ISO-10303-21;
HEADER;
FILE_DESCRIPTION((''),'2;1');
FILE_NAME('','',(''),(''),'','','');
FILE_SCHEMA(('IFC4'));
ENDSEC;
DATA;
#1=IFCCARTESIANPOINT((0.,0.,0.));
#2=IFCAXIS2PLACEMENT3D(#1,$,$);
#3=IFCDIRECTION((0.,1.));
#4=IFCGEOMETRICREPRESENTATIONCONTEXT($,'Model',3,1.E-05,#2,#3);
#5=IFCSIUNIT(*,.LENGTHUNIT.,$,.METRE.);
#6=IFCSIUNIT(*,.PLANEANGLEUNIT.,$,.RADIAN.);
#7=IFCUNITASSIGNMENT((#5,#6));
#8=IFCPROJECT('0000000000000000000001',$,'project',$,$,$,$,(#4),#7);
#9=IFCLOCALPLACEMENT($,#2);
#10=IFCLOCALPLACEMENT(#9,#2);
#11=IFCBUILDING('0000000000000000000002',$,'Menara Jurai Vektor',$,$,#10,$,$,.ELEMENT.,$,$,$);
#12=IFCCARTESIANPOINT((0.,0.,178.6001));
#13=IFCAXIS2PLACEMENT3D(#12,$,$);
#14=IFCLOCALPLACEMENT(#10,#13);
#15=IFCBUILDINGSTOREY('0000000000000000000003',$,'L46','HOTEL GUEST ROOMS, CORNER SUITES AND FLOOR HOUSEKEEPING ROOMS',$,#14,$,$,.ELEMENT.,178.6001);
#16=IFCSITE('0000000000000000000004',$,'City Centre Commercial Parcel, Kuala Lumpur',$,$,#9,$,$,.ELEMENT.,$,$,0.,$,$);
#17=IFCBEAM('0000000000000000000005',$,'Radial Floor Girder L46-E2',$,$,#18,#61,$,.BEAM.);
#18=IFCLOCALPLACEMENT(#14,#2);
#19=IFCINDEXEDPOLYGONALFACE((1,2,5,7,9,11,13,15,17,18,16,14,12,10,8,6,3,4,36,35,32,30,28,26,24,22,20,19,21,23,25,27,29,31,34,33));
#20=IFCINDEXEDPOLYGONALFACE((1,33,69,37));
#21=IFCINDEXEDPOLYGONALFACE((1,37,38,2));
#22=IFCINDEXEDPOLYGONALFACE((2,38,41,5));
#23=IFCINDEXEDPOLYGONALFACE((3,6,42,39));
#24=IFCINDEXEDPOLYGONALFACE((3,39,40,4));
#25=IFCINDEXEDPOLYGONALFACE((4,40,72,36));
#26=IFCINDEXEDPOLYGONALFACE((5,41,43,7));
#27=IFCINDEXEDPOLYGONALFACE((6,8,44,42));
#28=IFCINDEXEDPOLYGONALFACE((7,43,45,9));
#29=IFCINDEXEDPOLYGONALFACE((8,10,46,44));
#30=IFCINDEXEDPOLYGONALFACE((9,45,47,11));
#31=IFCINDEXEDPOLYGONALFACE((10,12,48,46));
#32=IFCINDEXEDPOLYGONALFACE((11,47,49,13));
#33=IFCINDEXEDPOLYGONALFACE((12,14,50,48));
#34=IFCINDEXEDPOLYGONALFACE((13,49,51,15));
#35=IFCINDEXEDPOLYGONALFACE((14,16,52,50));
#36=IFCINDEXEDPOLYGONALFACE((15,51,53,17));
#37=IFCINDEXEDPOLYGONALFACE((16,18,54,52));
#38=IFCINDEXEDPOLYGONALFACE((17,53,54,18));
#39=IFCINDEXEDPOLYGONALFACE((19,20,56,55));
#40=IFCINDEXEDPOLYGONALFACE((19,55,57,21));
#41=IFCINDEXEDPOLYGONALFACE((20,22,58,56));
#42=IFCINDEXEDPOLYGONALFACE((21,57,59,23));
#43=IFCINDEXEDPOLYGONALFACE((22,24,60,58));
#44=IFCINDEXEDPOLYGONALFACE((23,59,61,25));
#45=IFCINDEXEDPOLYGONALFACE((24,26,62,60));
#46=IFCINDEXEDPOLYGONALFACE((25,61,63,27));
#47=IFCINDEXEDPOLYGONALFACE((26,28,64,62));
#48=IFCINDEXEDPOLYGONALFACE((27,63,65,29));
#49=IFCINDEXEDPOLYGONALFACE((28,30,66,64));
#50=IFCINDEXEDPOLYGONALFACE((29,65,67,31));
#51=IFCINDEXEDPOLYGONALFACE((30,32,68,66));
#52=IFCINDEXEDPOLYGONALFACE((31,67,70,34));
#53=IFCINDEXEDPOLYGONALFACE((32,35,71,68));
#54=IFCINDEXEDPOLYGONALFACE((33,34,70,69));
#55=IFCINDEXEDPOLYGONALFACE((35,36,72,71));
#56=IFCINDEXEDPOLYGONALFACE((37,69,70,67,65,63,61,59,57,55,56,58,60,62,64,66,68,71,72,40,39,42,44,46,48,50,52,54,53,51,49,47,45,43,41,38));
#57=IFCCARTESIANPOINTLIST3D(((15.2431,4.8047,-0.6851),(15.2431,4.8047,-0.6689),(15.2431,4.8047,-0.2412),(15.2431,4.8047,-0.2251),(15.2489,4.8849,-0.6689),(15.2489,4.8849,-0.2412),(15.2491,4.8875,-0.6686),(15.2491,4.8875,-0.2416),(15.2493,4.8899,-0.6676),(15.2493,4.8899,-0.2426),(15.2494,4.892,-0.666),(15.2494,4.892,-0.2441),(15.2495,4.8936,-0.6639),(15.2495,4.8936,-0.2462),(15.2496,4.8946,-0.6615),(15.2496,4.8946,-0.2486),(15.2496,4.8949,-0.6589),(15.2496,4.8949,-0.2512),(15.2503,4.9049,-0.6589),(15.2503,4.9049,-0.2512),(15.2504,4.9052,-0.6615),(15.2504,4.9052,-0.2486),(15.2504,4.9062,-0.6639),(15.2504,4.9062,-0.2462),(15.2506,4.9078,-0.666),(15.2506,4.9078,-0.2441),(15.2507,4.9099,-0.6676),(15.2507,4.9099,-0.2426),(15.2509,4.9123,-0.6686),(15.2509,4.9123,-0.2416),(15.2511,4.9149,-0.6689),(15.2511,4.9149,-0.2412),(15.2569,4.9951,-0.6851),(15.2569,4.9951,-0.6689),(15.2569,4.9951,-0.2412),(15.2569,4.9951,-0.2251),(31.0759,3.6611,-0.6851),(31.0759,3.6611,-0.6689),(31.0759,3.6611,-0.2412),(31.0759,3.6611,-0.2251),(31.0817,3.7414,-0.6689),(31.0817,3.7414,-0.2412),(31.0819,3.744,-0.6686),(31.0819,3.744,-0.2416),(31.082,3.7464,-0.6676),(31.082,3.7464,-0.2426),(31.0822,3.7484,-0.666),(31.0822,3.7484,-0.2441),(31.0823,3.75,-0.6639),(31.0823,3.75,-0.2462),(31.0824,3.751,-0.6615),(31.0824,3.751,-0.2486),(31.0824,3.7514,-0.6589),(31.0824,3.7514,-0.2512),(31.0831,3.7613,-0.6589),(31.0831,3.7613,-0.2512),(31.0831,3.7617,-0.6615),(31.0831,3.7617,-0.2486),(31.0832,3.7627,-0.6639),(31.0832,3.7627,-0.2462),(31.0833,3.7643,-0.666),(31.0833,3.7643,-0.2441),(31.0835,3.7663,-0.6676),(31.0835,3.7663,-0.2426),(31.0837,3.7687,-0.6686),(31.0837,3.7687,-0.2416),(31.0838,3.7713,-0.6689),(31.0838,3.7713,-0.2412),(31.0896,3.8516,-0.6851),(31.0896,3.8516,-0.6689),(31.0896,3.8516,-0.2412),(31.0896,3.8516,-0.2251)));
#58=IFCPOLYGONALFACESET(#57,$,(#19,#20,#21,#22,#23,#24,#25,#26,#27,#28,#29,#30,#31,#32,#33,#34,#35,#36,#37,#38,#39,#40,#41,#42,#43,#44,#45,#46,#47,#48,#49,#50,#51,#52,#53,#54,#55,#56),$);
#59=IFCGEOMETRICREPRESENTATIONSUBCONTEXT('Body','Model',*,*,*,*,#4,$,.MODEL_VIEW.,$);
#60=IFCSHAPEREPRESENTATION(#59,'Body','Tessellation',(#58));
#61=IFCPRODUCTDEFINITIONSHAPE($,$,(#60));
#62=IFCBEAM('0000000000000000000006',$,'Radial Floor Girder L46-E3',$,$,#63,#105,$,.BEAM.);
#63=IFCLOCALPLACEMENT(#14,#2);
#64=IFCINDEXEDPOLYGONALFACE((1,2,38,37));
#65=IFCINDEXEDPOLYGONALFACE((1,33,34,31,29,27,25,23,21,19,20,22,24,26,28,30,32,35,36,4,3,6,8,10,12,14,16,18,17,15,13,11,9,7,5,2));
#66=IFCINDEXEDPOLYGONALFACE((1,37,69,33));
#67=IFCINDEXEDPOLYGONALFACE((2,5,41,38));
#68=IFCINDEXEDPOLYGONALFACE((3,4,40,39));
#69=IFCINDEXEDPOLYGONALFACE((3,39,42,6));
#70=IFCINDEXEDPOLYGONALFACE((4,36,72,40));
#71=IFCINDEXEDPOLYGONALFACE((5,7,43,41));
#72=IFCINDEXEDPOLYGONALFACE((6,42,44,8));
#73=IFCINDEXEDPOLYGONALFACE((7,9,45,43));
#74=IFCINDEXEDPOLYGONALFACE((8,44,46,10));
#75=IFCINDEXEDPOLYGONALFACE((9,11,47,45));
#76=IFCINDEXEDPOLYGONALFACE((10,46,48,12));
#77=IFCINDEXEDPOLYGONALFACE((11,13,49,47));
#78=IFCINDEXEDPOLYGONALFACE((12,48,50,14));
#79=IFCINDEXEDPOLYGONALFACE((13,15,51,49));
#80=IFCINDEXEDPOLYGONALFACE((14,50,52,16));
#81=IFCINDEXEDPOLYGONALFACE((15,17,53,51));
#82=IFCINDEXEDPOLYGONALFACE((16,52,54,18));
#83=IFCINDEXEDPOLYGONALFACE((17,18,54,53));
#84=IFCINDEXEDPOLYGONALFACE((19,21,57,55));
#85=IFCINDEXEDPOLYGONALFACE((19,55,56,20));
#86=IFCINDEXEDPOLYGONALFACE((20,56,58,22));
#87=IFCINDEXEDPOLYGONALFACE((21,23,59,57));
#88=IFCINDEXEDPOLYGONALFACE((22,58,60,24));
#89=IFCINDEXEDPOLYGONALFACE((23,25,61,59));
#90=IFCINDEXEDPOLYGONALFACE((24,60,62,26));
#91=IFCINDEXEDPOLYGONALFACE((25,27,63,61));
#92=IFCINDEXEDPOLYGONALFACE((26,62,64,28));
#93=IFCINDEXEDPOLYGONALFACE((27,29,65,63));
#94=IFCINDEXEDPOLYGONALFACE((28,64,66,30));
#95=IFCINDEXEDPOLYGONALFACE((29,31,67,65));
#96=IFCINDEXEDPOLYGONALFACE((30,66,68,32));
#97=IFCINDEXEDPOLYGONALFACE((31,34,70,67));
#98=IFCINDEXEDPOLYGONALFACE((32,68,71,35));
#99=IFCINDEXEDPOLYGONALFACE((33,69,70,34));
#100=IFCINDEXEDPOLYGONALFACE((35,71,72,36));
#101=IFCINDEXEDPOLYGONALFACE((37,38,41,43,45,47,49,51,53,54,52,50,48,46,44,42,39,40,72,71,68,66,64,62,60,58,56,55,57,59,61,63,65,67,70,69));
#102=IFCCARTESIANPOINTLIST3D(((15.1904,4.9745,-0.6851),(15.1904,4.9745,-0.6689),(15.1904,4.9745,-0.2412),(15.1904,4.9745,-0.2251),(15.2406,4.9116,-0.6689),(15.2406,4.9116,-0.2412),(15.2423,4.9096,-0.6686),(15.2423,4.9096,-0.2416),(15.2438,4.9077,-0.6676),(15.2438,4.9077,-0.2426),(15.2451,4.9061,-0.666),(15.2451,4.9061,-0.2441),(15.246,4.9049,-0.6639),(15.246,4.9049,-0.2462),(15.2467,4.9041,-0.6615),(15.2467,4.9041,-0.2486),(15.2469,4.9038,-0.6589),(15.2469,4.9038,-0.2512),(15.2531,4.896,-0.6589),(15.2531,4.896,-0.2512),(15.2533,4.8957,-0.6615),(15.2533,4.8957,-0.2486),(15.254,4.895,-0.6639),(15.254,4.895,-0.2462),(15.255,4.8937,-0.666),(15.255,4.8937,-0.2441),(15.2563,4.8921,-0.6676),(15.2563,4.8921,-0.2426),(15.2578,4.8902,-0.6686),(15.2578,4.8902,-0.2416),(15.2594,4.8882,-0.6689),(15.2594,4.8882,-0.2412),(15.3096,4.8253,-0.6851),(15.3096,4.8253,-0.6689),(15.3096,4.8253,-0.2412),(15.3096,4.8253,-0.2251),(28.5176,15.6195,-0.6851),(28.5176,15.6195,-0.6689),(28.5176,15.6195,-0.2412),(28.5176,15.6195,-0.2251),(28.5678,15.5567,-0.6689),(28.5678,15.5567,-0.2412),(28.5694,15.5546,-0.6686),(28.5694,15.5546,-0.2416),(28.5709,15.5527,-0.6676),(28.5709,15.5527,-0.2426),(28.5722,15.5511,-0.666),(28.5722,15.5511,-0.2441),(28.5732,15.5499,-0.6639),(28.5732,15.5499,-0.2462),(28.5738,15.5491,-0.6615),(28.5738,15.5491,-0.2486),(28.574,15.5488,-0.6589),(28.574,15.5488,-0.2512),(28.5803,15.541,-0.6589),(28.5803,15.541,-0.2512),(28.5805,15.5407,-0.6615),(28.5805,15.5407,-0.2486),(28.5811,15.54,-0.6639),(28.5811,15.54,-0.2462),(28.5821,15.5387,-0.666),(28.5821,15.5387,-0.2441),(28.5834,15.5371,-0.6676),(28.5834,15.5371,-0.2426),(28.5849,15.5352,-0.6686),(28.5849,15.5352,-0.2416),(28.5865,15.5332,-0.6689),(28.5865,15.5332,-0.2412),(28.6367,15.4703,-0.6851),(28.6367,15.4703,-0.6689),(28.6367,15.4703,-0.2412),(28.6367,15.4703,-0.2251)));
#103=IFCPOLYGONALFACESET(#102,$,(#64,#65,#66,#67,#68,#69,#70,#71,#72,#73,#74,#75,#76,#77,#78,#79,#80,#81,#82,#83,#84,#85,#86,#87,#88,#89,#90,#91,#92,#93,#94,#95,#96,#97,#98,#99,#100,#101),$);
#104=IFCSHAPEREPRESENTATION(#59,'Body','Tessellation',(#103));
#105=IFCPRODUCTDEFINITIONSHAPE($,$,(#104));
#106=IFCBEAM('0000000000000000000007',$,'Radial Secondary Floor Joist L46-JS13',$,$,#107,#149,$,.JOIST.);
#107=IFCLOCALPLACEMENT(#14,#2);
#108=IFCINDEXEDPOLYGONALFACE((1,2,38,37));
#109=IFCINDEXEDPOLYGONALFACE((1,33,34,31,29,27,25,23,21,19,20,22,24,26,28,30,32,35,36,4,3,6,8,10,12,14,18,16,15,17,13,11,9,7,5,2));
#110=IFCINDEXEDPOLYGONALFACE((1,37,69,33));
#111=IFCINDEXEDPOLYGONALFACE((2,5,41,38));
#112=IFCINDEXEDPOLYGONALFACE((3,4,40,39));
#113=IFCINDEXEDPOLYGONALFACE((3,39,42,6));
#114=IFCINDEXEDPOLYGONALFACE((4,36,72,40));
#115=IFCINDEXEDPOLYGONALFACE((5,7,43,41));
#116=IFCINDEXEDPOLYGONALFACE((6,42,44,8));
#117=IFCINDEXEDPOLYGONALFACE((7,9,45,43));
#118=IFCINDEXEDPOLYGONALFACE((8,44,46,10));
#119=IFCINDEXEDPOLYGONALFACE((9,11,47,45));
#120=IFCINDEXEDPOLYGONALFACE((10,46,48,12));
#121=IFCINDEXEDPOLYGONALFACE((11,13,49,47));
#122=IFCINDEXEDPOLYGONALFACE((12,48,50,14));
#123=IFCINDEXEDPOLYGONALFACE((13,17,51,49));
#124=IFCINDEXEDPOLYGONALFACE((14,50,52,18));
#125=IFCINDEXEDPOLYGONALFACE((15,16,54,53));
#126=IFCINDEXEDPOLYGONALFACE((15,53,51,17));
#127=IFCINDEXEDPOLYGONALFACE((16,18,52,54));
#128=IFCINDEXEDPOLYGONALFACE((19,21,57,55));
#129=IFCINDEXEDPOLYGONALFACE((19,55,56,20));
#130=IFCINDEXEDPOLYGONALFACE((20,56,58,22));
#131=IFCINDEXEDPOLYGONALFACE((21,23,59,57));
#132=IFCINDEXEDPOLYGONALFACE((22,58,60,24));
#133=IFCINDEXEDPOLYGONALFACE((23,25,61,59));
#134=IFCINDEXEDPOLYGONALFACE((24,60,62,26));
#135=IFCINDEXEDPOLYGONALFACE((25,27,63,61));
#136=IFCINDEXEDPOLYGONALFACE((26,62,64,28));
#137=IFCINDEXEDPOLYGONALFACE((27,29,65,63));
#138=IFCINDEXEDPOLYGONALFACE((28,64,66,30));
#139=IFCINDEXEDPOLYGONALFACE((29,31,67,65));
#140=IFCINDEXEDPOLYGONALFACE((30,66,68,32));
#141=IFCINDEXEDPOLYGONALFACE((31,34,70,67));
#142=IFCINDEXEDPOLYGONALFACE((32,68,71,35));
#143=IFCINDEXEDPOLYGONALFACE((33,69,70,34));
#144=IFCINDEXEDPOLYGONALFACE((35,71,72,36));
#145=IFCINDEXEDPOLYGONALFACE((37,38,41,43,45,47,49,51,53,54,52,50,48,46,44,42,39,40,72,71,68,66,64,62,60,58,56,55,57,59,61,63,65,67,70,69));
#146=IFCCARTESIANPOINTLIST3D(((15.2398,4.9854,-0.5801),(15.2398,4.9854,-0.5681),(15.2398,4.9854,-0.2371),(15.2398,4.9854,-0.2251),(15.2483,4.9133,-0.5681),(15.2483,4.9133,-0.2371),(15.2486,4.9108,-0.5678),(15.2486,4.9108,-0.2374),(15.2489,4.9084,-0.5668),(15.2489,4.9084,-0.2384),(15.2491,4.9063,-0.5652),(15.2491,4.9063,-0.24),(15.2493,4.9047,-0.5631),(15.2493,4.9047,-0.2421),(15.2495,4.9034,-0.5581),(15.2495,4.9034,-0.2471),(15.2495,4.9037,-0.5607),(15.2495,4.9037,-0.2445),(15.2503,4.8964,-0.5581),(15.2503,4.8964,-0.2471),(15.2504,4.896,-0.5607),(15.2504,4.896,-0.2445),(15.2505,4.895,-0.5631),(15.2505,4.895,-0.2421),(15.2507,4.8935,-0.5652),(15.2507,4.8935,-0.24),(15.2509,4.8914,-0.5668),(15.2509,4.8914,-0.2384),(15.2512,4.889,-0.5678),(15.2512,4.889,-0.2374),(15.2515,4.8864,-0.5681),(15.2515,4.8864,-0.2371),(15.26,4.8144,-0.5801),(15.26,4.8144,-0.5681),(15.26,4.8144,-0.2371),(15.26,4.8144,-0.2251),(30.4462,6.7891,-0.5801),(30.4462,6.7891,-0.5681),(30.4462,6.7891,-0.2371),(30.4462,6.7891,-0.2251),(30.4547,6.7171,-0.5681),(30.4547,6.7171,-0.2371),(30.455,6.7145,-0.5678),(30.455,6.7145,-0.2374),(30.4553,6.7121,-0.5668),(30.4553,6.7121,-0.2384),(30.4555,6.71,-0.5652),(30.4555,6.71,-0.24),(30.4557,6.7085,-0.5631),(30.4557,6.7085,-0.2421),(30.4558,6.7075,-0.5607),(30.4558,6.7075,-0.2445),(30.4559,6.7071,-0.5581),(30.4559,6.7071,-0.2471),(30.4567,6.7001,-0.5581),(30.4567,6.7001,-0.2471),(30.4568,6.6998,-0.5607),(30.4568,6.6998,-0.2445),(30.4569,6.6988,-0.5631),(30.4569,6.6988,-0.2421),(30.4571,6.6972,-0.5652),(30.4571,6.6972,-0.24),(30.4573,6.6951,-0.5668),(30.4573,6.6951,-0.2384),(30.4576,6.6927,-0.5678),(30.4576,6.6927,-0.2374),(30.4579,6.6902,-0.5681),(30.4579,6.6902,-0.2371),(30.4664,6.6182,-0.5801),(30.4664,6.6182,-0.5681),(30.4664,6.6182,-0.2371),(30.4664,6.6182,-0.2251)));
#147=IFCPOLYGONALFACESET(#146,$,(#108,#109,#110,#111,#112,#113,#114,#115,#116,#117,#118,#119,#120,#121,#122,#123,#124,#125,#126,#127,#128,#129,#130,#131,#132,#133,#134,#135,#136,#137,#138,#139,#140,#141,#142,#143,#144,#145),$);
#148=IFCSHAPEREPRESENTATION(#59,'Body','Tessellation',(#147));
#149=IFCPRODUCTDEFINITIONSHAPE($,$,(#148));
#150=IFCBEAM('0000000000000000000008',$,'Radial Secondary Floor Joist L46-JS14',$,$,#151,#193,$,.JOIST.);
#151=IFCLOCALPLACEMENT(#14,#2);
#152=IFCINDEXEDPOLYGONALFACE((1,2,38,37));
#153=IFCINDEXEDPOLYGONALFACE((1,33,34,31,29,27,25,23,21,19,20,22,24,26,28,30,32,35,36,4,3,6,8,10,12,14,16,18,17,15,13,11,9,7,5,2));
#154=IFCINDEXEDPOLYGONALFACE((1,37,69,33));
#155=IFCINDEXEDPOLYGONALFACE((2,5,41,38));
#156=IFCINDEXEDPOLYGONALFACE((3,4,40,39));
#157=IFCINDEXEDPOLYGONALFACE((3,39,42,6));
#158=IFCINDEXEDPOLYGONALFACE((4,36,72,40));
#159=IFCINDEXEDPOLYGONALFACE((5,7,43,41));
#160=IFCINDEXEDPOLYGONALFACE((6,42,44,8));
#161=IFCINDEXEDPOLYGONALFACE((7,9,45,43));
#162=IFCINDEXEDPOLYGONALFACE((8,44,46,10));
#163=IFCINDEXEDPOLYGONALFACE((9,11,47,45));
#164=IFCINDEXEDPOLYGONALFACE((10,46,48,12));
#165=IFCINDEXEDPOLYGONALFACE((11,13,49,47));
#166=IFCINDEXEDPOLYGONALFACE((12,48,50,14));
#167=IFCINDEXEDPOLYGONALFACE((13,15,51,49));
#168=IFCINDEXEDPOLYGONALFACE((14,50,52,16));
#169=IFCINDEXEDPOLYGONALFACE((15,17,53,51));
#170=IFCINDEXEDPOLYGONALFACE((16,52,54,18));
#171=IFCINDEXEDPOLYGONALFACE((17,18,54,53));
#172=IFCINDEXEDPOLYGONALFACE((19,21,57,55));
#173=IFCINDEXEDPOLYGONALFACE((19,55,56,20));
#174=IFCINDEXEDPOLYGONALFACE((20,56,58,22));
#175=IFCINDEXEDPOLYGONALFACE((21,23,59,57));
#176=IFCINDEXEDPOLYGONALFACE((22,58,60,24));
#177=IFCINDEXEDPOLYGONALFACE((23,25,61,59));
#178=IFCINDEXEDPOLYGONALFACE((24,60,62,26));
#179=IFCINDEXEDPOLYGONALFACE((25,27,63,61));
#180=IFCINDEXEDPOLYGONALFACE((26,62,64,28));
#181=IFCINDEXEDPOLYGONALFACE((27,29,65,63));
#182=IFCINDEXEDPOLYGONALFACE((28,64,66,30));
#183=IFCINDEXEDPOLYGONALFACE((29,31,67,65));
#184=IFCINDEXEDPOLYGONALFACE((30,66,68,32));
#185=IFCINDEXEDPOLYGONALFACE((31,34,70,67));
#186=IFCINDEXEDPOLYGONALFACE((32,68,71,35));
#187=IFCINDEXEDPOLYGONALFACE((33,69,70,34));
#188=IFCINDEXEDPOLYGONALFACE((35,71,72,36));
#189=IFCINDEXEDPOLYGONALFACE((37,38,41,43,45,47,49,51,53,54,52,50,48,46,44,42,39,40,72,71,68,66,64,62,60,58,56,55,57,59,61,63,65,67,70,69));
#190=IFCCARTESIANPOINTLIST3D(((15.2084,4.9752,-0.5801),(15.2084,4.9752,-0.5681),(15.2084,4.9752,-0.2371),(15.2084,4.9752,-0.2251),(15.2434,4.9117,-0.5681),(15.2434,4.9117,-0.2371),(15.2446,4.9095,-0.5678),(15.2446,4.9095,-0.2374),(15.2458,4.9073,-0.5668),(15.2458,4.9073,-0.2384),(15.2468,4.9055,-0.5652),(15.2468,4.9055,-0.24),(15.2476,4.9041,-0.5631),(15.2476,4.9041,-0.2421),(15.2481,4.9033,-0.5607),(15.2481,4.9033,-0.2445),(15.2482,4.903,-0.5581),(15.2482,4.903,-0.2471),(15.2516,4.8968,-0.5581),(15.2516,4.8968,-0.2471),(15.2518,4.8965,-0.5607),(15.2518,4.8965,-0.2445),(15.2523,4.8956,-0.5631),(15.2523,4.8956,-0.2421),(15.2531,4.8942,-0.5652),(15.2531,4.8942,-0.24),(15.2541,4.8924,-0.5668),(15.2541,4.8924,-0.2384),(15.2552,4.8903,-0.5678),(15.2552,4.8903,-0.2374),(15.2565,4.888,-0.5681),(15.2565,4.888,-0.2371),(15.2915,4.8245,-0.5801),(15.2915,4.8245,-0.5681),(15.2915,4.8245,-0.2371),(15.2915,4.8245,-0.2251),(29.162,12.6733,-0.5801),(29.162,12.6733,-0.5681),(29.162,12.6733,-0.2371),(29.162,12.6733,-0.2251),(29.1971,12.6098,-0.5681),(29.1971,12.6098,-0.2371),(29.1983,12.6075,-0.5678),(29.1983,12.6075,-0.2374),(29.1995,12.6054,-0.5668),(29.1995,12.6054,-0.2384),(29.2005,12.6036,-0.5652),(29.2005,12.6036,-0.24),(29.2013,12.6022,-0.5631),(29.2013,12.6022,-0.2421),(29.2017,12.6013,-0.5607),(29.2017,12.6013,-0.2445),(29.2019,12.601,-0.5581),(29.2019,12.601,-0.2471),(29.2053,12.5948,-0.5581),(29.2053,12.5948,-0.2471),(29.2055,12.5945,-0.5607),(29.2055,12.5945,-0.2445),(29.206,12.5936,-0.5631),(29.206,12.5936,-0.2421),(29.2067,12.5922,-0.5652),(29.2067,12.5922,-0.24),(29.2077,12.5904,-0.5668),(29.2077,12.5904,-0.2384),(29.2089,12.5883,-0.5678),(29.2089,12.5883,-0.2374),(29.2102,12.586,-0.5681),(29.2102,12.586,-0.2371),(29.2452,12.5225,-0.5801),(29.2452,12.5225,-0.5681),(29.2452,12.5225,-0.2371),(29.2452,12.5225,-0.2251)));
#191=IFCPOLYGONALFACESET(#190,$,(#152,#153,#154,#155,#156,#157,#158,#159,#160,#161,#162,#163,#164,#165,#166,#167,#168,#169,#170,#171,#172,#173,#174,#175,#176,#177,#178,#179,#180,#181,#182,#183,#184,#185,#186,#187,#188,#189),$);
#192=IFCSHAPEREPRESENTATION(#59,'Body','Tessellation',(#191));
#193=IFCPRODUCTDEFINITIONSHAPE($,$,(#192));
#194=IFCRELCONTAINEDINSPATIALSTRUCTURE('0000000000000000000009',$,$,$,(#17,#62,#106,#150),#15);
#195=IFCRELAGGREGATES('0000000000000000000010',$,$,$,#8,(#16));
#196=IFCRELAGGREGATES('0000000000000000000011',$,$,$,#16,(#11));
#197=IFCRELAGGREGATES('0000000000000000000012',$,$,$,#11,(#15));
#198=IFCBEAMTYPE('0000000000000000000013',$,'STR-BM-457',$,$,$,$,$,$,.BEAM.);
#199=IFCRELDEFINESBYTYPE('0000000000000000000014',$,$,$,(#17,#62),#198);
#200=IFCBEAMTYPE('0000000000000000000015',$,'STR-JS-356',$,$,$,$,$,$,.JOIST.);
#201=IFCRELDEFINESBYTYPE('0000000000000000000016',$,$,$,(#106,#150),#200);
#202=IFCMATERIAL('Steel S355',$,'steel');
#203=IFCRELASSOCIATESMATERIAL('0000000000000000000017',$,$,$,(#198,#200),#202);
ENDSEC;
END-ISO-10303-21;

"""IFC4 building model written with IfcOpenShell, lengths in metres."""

from ifc_helpers import new_model, si_unit, direction, frame, origin, origin_2d, place, context, subcontext, project, spatial, i_section, extrude, material, material_profile, profile_set, type_object, element, save


model = new_model("IFC4")

# Units and contexts
model_context = context("Model", 3, precision=1e-05, world=origin(), true_north=direction((0.0, 1.0)))
body_context = subcontext(model_context, "Body", "Model", "MODEL_VIEW")
ifc_project = project(units=[si_unit("LENGTHUNIT", "METRE"), si_unit("PLANEANGLEUNIT", "RADIAN")], contexts=[model_context])

# Site, building, storey
site_placement = place(None, origin())
site = spatial("IfcSite", under=ifc_project, at=site_placement, Name="City Centre Commercial Parcel, Kuala Lumpur", CompositionType="ELEMENT", RefElevation=0.0)
building_placement = place(site_placement, origin())
building = spatial("IfcBuilding", under=site, at=building_placement, Name="Menara Jurai Vektor", CompositionType="ELEMENT")
storey_placement = place(building_placement, frame((0.0, 0.0, 178.6001)))
storey = spatial("IfcBuildingStorey", under=building, at=storey_placement, Name="L46", Description="HOTEL GUEST ROOMS, CORNER SUITES AND FLOOR HOUSEKEEPING ROOMS", CompositionType="ELEMENT", Elevation=178.6001)

# Beams
ifc_material_1 = material(Name="Steel S355", Category="steel")
ifc_material_profile_1 = material_profile(ifc_material_1, i_section(OverallWidth=0.1909, OverallDepth=0.46, WebThickness=0.01, FlangeThickness=0.0161, FilletRadius=0.01, at=origin_2d()), Name="UKB 457x191x82")
ifc_profile_set_1 = profile_set([ifc_material_profile_1], Name="Steel S355")
beam_type_1 = type_object("IfcBeamType", Name="STR-BM-457", PredefinedType="BEAM", material=ifc_profile_set_1)
beam_1_placement = place(storey_placement, frame((31.0828, 3.7563, -0.4551), z_axis=(-0.997402, 0.072039, 0.0), x_axis=(-0.072039, -0.997402, 0.0)))
element("IfcBeam", 1, at=beam_1_placement, inside=storey, type_object=beam_type_1, Name="Radial Floor Girder L46-E2", PredefinedType="BEAM", context=body_context, shape_type="SweptSolid", body=[
    extrude(i_section(OverallWidth=0.1909, OverallDepth=0.46, WebThickness=0.01, FlangeThickness=0.0161, FilletRadius=0.01, at=origin_2d()), origin(), (0.0, 0.0, 1.0), 15.874),
])
beam_2_placement = place(storey_placement, frame((28.5771, 15.5449, -0.4551), z_axis=(-0.781346, -0.624098, 0.0), x_axis=(0.624098, -0.781346, 0.0)))
element("IfcBeam", 2, at=beam_2_placement, inside=storey, type_object=beam_type_1, Name="Radial Floor Girder L46-E3", PredefinedType="BEAM", context=body_context, shape_type="SweptSolid", body=[
    extrude(i_section(OverallWidth=0.1909, OverallDepth=0.46, WebThickness=0.01, FlangeThickness=0.0161, FilletRadius=0.01, at=origin_2d()), origin(), (0.0, 0.0, 1.0), 17.0566),
])
ifc_material_profile_2 = material_profile(ifc_material_1, i_section(OverallWidth=0.1721, OverallDepth=0.355, WebThickness=0.0071, FlangeThickness=0.012, FilletRadius=0.01, at=origin_2d()), Name="UKB 356x171x51")
ifc_profile_set_2 = profile_set([ifc_material_profile_2], Name="Steel S355")
beam_type_2 = type_object("IfcBeamType", Name="STR-JS-356", PredefinedType="JOIST", material=ifc_profile_set_2)
beam_3_placement = place(storey_placement, frame((30.4563, 6.7036, -0.4026), z_axis=(-0.993038, -0.11779, 0.0), x_axis=(0.11779, -0.993038, 0.0)))
element("IfcBeam", 3, at=beam_3_placement, inside=storey, type_object=beam_type_2, Name="Radial Secondary Floor Joist L46-JS13", PredefinedType="JOIST", context=body_context, shape_type="SweptSolid", body=[
    extrude(i_section(OverallWidth=0.1721, OverallDepth=0.355, WebThickness=0.0071, FlangeThickness=0.012, FilletRadius=0.01, at=origin_2d()), origin(), (0.0, 0.0, 1.0), 15.313),
])
beam_4_placement = place(storey_placement, frame((29.2036, 12.5979, -0.4026), z_axis=(-0.875592, -0.483051, 0.0), x_axis=(0.483051, -0.875592, 0.0)))
element("IfcBeam", 4, at=beam_4_placement, inside=storey, type_object=beam_type_2, Name="Radial Secondary Floor Joist L46-JS14", PredefinedType="JOIST", context=body_context, shape_type="SweptSolid", body=[
    extrude(i_section(OverallWidth=0.1721, OverallDepth=0.355, WebThickness=0.0071, FlangeThickness=0.012, FilletRadius=0.01, at=origin_2d()), origin(), (0.0, 0.0, 1.0), 15.9363),
])

save(model, "model.ifc")
